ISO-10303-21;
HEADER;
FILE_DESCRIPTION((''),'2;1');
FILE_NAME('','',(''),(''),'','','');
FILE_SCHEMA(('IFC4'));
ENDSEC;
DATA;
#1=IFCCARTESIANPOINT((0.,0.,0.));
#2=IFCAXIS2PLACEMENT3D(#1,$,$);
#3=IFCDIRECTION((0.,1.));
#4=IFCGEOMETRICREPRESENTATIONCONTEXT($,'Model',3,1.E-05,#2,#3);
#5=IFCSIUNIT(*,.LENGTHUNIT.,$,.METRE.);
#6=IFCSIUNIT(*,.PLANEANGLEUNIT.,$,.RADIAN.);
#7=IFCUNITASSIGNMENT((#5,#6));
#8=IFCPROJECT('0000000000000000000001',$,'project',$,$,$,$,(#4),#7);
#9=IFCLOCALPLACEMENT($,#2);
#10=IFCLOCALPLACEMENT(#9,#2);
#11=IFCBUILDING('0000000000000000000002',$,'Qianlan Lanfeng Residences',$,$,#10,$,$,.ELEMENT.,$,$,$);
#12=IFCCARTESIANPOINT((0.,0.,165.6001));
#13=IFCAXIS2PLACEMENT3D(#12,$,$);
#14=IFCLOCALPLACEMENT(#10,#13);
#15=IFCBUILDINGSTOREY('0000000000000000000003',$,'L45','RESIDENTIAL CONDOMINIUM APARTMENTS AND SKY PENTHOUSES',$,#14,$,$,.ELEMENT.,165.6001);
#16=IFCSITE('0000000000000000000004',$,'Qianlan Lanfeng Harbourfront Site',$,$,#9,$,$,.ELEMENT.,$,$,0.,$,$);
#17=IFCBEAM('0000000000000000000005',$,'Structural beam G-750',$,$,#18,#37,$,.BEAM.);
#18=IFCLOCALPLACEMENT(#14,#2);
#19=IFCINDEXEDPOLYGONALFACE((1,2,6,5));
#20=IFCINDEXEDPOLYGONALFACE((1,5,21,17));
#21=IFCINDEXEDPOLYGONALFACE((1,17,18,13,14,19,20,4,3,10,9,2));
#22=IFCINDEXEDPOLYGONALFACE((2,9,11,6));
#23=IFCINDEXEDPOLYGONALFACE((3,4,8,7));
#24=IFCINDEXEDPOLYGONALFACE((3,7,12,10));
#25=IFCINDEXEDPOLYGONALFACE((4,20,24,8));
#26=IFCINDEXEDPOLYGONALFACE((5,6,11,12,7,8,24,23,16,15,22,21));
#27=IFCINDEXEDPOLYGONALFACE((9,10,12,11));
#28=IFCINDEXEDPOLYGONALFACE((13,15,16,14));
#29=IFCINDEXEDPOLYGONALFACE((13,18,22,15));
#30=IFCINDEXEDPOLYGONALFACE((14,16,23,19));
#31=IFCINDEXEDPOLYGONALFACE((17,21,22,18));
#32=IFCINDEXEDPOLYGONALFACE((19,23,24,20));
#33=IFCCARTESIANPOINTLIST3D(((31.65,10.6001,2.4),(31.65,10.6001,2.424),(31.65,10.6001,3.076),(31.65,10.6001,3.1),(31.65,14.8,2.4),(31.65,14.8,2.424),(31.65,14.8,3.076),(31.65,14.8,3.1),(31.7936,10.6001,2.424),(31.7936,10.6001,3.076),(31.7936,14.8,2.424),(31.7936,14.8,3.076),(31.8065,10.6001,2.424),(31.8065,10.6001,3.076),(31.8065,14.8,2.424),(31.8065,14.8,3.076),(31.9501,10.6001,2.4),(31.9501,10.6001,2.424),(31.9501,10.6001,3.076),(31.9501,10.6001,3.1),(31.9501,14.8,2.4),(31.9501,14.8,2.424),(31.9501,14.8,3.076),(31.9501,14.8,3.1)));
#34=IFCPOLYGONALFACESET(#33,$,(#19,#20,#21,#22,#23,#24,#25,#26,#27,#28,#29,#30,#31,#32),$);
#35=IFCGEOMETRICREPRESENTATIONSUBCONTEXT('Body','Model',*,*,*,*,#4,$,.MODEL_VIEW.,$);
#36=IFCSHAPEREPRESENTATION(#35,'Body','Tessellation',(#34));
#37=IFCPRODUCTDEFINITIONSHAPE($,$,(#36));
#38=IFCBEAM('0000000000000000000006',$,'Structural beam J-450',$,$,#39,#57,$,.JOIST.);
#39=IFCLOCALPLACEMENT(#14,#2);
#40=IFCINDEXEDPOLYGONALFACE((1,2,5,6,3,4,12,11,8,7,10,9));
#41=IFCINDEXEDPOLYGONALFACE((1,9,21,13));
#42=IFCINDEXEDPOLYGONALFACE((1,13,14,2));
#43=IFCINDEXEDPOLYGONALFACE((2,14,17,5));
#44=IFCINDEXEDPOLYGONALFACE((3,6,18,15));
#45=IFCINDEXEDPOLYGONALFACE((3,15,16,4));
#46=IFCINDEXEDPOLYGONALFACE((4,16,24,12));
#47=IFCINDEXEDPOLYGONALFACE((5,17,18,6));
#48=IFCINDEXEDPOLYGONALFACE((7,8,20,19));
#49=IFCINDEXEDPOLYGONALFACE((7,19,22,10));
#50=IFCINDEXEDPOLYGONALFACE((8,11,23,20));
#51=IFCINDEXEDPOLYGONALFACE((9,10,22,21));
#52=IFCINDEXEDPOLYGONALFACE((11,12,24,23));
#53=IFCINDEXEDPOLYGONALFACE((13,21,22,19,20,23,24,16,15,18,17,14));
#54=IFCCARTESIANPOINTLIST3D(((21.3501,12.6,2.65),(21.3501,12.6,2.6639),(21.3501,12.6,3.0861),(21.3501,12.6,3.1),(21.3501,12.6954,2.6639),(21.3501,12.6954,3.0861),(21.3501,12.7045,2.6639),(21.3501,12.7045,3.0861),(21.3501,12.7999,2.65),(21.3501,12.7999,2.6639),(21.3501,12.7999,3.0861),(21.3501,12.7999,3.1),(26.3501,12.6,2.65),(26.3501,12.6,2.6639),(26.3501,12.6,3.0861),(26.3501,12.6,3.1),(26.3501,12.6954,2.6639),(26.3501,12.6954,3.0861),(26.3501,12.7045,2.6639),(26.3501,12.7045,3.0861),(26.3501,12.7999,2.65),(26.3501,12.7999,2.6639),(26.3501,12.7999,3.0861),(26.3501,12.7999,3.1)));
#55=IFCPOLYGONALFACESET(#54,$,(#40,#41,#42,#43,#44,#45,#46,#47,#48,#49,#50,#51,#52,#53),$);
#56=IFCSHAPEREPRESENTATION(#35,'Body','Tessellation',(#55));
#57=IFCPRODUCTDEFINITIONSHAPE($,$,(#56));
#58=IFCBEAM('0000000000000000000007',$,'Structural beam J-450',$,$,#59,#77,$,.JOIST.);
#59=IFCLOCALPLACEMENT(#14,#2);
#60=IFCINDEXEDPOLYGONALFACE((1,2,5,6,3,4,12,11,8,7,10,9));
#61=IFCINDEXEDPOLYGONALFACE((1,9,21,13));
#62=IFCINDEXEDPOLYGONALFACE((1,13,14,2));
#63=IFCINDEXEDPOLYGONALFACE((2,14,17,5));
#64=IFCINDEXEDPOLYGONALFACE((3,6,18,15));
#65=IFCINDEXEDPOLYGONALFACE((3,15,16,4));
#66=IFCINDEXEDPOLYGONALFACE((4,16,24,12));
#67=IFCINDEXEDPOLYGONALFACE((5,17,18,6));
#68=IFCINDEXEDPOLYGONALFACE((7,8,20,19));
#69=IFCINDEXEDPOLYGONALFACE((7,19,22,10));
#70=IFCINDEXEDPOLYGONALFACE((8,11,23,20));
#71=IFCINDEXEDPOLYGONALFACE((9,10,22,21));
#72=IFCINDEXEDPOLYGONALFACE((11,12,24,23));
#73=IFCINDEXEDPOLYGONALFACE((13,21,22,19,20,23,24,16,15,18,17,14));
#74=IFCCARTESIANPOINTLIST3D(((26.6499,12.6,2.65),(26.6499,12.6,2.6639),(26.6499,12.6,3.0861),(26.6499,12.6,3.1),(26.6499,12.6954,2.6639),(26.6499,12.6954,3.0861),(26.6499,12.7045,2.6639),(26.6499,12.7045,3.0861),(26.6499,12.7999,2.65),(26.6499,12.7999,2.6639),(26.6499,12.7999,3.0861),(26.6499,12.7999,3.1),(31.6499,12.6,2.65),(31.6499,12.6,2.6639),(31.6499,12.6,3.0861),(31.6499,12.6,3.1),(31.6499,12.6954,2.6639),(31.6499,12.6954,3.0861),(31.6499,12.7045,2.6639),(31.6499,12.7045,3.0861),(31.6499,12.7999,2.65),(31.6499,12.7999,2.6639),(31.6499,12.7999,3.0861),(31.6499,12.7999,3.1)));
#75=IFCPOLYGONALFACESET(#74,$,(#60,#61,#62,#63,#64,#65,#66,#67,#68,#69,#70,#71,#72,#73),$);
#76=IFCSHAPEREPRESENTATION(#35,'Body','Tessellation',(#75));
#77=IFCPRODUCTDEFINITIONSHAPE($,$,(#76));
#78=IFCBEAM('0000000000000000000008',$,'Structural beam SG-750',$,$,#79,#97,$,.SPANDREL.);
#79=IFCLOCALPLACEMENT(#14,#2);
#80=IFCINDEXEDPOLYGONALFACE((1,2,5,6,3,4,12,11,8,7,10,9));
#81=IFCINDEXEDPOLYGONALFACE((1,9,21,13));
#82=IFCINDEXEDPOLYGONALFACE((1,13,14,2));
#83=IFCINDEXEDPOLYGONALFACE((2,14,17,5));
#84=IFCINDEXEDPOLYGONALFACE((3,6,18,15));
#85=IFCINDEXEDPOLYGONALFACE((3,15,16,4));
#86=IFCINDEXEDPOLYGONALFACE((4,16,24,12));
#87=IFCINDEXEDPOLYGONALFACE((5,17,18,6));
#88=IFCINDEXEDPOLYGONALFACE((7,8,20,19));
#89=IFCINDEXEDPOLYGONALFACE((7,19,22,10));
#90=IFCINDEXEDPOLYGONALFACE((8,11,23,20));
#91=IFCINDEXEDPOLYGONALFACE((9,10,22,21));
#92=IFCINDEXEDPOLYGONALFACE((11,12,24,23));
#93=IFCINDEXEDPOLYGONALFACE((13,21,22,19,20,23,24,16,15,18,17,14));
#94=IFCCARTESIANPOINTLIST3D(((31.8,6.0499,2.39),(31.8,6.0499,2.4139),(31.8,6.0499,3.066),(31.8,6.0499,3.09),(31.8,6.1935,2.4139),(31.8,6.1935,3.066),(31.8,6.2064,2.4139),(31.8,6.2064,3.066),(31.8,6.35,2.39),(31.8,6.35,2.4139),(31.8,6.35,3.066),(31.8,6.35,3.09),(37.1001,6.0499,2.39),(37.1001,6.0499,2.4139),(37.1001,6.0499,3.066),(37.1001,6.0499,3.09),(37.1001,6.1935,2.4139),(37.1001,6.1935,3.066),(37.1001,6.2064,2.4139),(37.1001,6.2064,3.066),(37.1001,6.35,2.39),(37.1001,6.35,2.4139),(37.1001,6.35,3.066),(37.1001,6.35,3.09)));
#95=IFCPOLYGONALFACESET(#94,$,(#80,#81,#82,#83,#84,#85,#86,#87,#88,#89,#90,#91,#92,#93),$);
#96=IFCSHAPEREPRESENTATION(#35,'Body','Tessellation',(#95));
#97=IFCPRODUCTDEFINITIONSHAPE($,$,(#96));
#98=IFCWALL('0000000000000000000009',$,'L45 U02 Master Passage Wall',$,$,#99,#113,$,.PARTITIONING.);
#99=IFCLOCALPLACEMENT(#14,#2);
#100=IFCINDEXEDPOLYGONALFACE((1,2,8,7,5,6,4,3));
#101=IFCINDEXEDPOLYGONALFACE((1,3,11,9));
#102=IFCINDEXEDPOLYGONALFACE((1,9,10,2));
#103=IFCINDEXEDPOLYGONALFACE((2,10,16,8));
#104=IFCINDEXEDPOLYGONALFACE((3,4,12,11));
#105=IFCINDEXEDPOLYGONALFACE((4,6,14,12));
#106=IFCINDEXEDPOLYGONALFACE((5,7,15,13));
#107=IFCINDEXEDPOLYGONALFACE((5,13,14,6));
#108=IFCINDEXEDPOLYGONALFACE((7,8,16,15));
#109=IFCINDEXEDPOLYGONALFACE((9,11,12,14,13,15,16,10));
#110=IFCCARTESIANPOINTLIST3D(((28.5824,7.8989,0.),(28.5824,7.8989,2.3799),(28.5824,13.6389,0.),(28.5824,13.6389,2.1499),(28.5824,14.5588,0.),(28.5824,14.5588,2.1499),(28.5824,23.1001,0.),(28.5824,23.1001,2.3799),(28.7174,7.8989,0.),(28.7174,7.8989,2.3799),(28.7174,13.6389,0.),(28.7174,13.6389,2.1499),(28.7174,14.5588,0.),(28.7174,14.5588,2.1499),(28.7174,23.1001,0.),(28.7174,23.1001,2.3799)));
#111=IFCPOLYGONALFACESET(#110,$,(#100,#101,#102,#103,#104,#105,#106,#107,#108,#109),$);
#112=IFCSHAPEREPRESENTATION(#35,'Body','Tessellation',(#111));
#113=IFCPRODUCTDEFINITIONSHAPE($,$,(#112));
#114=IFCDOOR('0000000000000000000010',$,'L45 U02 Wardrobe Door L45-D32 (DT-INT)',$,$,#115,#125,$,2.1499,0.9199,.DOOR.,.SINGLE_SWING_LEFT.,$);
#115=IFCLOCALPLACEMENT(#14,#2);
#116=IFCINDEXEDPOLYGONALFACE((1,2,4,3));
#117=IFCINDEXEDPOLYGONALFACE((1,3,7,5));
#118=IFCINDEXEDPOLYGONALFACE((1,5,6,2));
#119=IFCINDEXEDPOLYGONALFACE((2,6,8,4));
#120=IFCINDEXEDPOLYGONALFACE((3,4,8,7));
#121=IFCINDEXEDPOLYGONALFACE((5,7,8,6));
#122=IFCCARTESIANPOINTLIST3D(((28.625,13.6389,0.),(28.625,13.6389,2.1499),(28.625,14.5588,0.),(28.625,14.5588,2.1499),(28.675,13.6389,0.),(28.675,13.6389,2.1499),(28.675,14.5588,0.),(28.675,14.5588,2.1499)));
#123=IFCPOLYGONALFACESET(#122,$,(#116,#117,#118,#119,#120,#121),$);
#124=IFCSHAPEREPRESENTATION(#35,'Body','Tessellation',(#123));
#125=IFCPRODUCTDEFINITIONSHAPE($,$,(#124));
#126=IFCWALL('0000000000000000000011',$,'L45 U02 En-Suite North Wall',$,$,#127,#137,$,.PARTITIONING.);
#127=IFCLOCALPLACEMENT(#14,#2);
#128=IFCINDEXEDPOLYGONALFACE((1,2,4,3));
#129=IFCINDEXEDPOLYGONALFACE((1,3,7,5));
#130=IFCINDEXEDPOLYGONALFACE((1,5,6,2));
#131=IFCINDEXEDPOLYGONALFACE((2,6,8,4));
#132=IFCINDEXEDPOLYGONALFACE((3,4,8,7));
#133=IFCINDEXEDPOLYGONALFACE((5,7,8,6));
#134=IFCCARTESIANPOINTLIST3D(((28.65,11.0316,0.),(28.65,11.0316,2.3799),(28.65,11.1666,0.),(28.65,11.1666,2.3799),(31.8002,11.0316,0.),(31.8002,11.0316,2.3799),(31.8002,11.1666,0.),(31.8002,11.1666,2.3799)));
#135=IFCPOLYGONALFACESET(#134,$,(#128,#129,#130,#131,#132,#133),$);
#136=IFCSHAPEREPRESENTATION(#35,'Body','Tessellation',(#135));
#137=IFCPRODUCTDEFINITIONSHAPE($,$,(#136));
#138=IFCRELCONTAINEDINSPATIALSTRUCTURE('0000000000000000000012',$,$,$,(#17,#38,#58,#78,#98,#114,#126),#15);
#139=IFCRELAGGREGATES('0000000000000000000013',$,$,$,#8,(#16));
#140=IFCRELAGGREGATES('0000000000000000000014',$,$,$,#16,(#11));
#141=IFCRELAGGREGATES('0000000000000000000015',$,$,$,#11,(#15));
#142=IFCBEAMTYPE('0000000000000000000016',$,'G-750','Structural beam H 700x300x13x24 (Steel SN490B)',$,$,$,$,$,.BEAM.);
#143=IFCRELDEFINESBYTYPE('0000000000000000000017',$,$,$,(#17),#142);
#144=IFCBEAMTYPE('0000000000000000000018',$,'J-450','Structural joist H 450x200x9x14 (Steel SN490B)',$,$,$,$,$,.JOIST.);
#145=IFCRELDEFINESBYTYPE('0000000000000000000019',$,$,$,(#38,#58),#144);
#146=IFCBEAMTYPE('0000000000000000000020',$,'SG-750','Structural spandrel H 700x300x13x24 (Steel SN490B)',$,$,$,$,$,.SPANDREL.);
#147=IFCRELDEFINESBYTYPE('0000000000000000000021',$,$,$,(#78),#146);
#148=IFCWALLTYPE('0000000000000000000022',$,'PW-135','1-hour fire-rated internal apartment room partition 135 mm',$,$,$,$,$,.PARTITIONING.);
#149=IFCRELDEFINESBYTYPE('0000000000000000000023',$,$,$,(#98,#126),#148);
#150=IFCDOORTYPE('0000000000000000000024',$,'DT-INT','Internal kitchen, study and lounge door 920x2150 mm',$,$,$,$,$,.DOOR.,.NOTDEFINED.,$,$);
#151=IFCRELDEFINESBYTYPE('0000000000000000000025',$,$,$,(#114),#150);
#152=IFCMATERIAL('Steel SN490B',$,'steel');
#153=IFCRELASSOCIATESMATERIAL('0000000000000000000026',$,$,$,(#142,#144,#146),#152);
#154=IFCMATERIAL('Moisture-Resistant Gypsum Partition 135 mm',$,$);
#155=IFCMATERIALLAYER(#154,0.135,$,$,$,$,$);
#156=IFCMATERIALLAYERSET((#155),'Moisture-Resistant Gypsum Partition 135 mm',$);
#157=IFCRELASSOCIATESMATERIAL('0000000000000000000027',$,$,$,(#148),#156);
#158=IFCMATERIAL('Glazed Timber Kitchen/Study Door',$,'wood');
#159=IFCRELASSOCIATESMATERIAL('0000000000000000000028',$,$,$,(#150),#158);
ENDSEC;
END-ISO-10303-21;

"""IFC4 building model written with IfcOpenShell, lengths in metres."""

from ifc_helpers import new_model, si_unit, direction, frame, frame_2d, origin, origin_2d, place, context, subcontext, project, spatial, rectangle, i_section, extrude, material, layer, layer_set, material_profile, profile_set, type_object, element, fill, save


model = new_model("IFC4")

# Units and contexts
model_context = context("Model", 3, precision=1e-05, world=origin(), true_north=direction((0.0, 1.0)))
body_context = subcontext(model_context, "Body", "Model", "MODEL_VIEW")
ifc_project = project(units=[si_unit("LENGTHUNIT", "METRE"), si_unit("PLANEANGLEUNIT", "RADIAN")], contexts=[model_context])

# Site, building, storey
site_placement = place(None, origin())
site = spatial("IfcSite", under=ifc_project, at=site_placement, Name="Qianlan Lanfeng Harbourfront Site", CompositionType="ELEMENT", RefElevation=0.0)
building_placement = place(site_placement, origin())
building = spatial("IfcBuilding", under=site, at=building_placement, Name="Qianlan Lanfeng Residences", CompositionType="ELEMENT")
storey_placement = place(building_placement, frame((0.0, 0.0, 165.6001)))
storey = spatial("IfcBuildingStorey", under=building, at=storey_placement, Name="L45", Description="RESIDENTIAL CONDOMINIUM APARTMENTS AND SKY PENTHOUSES", CompositionType="ELEMENT", Elevation=165.6001)

# Shared definitions
ifc_material_1 = material(Name="Steel SN490B", Category="steel")

# Beams
ifc_material_profile_1 = material_profile(ifc_material_1, i_section(OverallWidth=0.3, OverallDepth=0.7, WebThickness=0.0129, FlangeThickness=0.0239, at=origin_2d()), Name="H 700x300x13x24")
ifc_profile_set_1 = profile_set([ifc_material_profile_1], Name="Steel SN490B")
beam_type_1 = type_object("IfcBeamType", Name="G-750", Description="Structural beam H 700x300x13x24 (Steel SN490B)", PredefinedType="BEAM", material=ifc_profile_set_1)
beam_1_placement = place(storey_placement, frame((31.8, 10.6001, 2.75), z_axis=(0.0, 1.0, 0.0), x_axis=(-1.0, 0.0, 0.0)))
element("IfcBeam", 1, at=beam_1_placement, inside=storey, type_object=beam_type_1, Name="Structural beam G-750", PredefinedType="BEAM", context=body_context, shape_type="SweptSolid", body=[
    extrude(i_section(OverallWidth=0.3, OverallDepth=0.7, WebThickness=0.0129, FlangeThickness=0.0239, at=origin_2d()), origin(), (0.0, 0.0, 1.0), 4.2),
])
ifc_material_profile_2 = material_profile(ifc_material_1, i_section(OverallWidth=0.2, OverallDepth=0.45, WebThickness=0.009, FlangeThickness=0.0139, at=origin_2d()), Name="H 450x200x9x14")
ifc_profile_set_2 = profile_set([ifc_material_profile_2], Name="Steel SN490B")
beam_type_2 = type_object("IfcBeamType", Name="J-450", Description="Structural joist H 450x200x9x14 (Steel SN490B)", PredefinedType="JOIST", material=ifc_profile_set_2)
for number, where, z_axis, x_axis, name in (
    (2, (21.3501, 12.7, 2.875), (1.0, 0.0, 0.0), (0.0, 1.0, 0.0), "Structural beam J-450"),
    (3, (26.6499, 12.7, 2.875), (1.0, 0.0, 0.0), (0.0, 1.0, 0.0), "Structural beam J-450"),
):
    element("IfcBeam", number, at=place(storey_placement, frame(where, z_axis=z_axis, x_axis=x_axis)), inside=storey, type_object=beam_type_2, Name=name, PredefinedType="JOIST", context=body_context, shape_type="SweptSolid", body=[
        extrude(i_section(OverallWidth=0.2, OverallDepth=0.45, WebThickness=0.009, FlangeThickness=0.0139, at=origin_2d()), origin(), (0.0, 0.0, 1.0), 5.0),
    ])
ifc_material_profile_3 = material_profile(ifc_material_1, i_section(OverallWidth=0.3, OverallDepth=0.7, WebThickness=0.0129, FlangeThickness=0.0239, at=origin_2d()), Name="H 700x300x13x24")
ifc_profile_set_3 = profile_set([ifc_material_profile_3], Name="Steel SN490B")
beam_type_3 = type_object("IfcBeamType", Name="SG-750", Description="Structural spandrel H 700x300x13x24 (Steel SN490B)", PredefinedType="SPANDREL", material=ifc_profile_set_3)
beam_2_placement = place(storey_placement, frame((31.8, 6.2, 2.74), z_axis=(1.0, 0.0, 0.0), x_axis=(0.0, 1.0, 0.0)))
element("IfcBeam", 4, at=beam_2_placement, inside=storey, type_object=beam_type_3, Name="Structural beam SG-750", PredefinedType="SPANDREL", context=body_context, shape_type="SweptSolid", body=[
    extrude(i_section(OverallWidth=0.3, OverallDepth=0.7, WebThickness=0.0129, FlangeThickness=0.0239, at=origin_2d()), origin(), (0.0, 0.0, 1.0), 5.3),
])

# Shared definitions
ifc_material_2 = material(Name="Moisture-Resistant Gypsum Partition 135 mm")
ifc_layer = layer(ifc_material_2, 0.135)
ifc_layer_set = layer_set([ifc_layer], Name="Moisture-Resistant Gypsum Partition 135 mm")
wall_type = type_object("IfcWallType", Name="PW-135", Description="1-hour fire-rated internal apartment room partition 135 mm", PredefinedType="PARTITIONING", material=ifc_layer_set)
ifc_material_3 = material(Name="Glazed Timber Kitchen/Study Door", Category="wood")
door_type_1 = type_object("IfcDoorType", Name="DT-INT", Description="Internal kitchen, study and lounge door 920x2150 mm", OperationType="NOTDEFINED", PredefinedType="DOOR", material=ifc_material_3)

# Wall, opening, door
wall_1_placement = place(storey_placement, frame((28.6499, 7.8989, 0.0), z_axis=(0.0, 0.0, 1.0), x_axis=(0.0, 1.0, 0.0)))
wall_1 = element("IfcWall", 5, at=wall_1_placement, inside=storey, type_object=wall_type, Name="L45 U02 Master Passage Wall", PredefinedType="PARTITIONING", context=body_context, shape_type="SweptSolid", body=[
    extrude(rectangle(XDim=15.2012, YDim=0.135, at=frame_2d((7.6006, 0.0))), origin(), (0.0, 0.0, 1.0), 2.3799),
])
opening_1_placement = place(wall_1_placement, frame((5.74, 0.0, 0.0)))
opening_1 = element("IfcOpeningElement", 6, at=opening_1_placement, cuts=wall_1, PredefinedType="OPENING", context=body_context, shape_type="SweptSolid", body=[
    extrude(rectangle(XDim=0.9199, YDim=2.1499, at=frame_2d((0.46, 1.075))), frame((0.0, 0.0776, 0.0), z_axis=(0.0, -1.0, 0.0), x_axis=(1.0, 0.0, 0.0)), (0.0, 0.0, 1.0), 0.155),
])
door_1_placement = place(opening_1_placement, origin())
door_1 = element("IfcDoor", 7, at=door_1_placement, inside=storey, type_object=door_type_1, Name="L45 U02 Wardrobe Door L45-D32 (DT-INT)", OperationType="SINGLE_SWING_LEFT", OverallHeight=2.1499, OverallWidth=0.9199, PredefinedType="DOOR", context=body_context, shape_type="SweptSolid", body=[
    extrude(rectangle(XDim=0.9199, YDim=2.1499, at=frame_2d((0.46, 1.075))), frame((0.0, 0.0249, 0.0), z_axis=(0.0, -1.0, 0.0), x_axis=(1.0, 0.0, 0.0)), (0.0, 0.0, 1.0), 0.05),
])
fill(opening_1, door_1)

# Wall
wall_2_placement = place(storey_placement, frame((28.6499, 11.0991, 0.0), z_axis=(0.0, 0.0, 1.0), x_axis=(1.0, 0.0, 0.0)))
element("IfcWall", 8, at=wall_2_placement, inside=storey, type_object=wall_type, Name="L45 U02 En-Suite North Wall", PredefinedType="PARTITIONING", context=body_context, shape_type="SweptSolid", body=[
    extrude(rectangle(XDim=3.1501, YDim=0.135, at=frame_2d((1.5752, 0.0))), origin(), (0.0, 0.0, 1.0), 2.3799),
])

save(model, "model.ifc")
